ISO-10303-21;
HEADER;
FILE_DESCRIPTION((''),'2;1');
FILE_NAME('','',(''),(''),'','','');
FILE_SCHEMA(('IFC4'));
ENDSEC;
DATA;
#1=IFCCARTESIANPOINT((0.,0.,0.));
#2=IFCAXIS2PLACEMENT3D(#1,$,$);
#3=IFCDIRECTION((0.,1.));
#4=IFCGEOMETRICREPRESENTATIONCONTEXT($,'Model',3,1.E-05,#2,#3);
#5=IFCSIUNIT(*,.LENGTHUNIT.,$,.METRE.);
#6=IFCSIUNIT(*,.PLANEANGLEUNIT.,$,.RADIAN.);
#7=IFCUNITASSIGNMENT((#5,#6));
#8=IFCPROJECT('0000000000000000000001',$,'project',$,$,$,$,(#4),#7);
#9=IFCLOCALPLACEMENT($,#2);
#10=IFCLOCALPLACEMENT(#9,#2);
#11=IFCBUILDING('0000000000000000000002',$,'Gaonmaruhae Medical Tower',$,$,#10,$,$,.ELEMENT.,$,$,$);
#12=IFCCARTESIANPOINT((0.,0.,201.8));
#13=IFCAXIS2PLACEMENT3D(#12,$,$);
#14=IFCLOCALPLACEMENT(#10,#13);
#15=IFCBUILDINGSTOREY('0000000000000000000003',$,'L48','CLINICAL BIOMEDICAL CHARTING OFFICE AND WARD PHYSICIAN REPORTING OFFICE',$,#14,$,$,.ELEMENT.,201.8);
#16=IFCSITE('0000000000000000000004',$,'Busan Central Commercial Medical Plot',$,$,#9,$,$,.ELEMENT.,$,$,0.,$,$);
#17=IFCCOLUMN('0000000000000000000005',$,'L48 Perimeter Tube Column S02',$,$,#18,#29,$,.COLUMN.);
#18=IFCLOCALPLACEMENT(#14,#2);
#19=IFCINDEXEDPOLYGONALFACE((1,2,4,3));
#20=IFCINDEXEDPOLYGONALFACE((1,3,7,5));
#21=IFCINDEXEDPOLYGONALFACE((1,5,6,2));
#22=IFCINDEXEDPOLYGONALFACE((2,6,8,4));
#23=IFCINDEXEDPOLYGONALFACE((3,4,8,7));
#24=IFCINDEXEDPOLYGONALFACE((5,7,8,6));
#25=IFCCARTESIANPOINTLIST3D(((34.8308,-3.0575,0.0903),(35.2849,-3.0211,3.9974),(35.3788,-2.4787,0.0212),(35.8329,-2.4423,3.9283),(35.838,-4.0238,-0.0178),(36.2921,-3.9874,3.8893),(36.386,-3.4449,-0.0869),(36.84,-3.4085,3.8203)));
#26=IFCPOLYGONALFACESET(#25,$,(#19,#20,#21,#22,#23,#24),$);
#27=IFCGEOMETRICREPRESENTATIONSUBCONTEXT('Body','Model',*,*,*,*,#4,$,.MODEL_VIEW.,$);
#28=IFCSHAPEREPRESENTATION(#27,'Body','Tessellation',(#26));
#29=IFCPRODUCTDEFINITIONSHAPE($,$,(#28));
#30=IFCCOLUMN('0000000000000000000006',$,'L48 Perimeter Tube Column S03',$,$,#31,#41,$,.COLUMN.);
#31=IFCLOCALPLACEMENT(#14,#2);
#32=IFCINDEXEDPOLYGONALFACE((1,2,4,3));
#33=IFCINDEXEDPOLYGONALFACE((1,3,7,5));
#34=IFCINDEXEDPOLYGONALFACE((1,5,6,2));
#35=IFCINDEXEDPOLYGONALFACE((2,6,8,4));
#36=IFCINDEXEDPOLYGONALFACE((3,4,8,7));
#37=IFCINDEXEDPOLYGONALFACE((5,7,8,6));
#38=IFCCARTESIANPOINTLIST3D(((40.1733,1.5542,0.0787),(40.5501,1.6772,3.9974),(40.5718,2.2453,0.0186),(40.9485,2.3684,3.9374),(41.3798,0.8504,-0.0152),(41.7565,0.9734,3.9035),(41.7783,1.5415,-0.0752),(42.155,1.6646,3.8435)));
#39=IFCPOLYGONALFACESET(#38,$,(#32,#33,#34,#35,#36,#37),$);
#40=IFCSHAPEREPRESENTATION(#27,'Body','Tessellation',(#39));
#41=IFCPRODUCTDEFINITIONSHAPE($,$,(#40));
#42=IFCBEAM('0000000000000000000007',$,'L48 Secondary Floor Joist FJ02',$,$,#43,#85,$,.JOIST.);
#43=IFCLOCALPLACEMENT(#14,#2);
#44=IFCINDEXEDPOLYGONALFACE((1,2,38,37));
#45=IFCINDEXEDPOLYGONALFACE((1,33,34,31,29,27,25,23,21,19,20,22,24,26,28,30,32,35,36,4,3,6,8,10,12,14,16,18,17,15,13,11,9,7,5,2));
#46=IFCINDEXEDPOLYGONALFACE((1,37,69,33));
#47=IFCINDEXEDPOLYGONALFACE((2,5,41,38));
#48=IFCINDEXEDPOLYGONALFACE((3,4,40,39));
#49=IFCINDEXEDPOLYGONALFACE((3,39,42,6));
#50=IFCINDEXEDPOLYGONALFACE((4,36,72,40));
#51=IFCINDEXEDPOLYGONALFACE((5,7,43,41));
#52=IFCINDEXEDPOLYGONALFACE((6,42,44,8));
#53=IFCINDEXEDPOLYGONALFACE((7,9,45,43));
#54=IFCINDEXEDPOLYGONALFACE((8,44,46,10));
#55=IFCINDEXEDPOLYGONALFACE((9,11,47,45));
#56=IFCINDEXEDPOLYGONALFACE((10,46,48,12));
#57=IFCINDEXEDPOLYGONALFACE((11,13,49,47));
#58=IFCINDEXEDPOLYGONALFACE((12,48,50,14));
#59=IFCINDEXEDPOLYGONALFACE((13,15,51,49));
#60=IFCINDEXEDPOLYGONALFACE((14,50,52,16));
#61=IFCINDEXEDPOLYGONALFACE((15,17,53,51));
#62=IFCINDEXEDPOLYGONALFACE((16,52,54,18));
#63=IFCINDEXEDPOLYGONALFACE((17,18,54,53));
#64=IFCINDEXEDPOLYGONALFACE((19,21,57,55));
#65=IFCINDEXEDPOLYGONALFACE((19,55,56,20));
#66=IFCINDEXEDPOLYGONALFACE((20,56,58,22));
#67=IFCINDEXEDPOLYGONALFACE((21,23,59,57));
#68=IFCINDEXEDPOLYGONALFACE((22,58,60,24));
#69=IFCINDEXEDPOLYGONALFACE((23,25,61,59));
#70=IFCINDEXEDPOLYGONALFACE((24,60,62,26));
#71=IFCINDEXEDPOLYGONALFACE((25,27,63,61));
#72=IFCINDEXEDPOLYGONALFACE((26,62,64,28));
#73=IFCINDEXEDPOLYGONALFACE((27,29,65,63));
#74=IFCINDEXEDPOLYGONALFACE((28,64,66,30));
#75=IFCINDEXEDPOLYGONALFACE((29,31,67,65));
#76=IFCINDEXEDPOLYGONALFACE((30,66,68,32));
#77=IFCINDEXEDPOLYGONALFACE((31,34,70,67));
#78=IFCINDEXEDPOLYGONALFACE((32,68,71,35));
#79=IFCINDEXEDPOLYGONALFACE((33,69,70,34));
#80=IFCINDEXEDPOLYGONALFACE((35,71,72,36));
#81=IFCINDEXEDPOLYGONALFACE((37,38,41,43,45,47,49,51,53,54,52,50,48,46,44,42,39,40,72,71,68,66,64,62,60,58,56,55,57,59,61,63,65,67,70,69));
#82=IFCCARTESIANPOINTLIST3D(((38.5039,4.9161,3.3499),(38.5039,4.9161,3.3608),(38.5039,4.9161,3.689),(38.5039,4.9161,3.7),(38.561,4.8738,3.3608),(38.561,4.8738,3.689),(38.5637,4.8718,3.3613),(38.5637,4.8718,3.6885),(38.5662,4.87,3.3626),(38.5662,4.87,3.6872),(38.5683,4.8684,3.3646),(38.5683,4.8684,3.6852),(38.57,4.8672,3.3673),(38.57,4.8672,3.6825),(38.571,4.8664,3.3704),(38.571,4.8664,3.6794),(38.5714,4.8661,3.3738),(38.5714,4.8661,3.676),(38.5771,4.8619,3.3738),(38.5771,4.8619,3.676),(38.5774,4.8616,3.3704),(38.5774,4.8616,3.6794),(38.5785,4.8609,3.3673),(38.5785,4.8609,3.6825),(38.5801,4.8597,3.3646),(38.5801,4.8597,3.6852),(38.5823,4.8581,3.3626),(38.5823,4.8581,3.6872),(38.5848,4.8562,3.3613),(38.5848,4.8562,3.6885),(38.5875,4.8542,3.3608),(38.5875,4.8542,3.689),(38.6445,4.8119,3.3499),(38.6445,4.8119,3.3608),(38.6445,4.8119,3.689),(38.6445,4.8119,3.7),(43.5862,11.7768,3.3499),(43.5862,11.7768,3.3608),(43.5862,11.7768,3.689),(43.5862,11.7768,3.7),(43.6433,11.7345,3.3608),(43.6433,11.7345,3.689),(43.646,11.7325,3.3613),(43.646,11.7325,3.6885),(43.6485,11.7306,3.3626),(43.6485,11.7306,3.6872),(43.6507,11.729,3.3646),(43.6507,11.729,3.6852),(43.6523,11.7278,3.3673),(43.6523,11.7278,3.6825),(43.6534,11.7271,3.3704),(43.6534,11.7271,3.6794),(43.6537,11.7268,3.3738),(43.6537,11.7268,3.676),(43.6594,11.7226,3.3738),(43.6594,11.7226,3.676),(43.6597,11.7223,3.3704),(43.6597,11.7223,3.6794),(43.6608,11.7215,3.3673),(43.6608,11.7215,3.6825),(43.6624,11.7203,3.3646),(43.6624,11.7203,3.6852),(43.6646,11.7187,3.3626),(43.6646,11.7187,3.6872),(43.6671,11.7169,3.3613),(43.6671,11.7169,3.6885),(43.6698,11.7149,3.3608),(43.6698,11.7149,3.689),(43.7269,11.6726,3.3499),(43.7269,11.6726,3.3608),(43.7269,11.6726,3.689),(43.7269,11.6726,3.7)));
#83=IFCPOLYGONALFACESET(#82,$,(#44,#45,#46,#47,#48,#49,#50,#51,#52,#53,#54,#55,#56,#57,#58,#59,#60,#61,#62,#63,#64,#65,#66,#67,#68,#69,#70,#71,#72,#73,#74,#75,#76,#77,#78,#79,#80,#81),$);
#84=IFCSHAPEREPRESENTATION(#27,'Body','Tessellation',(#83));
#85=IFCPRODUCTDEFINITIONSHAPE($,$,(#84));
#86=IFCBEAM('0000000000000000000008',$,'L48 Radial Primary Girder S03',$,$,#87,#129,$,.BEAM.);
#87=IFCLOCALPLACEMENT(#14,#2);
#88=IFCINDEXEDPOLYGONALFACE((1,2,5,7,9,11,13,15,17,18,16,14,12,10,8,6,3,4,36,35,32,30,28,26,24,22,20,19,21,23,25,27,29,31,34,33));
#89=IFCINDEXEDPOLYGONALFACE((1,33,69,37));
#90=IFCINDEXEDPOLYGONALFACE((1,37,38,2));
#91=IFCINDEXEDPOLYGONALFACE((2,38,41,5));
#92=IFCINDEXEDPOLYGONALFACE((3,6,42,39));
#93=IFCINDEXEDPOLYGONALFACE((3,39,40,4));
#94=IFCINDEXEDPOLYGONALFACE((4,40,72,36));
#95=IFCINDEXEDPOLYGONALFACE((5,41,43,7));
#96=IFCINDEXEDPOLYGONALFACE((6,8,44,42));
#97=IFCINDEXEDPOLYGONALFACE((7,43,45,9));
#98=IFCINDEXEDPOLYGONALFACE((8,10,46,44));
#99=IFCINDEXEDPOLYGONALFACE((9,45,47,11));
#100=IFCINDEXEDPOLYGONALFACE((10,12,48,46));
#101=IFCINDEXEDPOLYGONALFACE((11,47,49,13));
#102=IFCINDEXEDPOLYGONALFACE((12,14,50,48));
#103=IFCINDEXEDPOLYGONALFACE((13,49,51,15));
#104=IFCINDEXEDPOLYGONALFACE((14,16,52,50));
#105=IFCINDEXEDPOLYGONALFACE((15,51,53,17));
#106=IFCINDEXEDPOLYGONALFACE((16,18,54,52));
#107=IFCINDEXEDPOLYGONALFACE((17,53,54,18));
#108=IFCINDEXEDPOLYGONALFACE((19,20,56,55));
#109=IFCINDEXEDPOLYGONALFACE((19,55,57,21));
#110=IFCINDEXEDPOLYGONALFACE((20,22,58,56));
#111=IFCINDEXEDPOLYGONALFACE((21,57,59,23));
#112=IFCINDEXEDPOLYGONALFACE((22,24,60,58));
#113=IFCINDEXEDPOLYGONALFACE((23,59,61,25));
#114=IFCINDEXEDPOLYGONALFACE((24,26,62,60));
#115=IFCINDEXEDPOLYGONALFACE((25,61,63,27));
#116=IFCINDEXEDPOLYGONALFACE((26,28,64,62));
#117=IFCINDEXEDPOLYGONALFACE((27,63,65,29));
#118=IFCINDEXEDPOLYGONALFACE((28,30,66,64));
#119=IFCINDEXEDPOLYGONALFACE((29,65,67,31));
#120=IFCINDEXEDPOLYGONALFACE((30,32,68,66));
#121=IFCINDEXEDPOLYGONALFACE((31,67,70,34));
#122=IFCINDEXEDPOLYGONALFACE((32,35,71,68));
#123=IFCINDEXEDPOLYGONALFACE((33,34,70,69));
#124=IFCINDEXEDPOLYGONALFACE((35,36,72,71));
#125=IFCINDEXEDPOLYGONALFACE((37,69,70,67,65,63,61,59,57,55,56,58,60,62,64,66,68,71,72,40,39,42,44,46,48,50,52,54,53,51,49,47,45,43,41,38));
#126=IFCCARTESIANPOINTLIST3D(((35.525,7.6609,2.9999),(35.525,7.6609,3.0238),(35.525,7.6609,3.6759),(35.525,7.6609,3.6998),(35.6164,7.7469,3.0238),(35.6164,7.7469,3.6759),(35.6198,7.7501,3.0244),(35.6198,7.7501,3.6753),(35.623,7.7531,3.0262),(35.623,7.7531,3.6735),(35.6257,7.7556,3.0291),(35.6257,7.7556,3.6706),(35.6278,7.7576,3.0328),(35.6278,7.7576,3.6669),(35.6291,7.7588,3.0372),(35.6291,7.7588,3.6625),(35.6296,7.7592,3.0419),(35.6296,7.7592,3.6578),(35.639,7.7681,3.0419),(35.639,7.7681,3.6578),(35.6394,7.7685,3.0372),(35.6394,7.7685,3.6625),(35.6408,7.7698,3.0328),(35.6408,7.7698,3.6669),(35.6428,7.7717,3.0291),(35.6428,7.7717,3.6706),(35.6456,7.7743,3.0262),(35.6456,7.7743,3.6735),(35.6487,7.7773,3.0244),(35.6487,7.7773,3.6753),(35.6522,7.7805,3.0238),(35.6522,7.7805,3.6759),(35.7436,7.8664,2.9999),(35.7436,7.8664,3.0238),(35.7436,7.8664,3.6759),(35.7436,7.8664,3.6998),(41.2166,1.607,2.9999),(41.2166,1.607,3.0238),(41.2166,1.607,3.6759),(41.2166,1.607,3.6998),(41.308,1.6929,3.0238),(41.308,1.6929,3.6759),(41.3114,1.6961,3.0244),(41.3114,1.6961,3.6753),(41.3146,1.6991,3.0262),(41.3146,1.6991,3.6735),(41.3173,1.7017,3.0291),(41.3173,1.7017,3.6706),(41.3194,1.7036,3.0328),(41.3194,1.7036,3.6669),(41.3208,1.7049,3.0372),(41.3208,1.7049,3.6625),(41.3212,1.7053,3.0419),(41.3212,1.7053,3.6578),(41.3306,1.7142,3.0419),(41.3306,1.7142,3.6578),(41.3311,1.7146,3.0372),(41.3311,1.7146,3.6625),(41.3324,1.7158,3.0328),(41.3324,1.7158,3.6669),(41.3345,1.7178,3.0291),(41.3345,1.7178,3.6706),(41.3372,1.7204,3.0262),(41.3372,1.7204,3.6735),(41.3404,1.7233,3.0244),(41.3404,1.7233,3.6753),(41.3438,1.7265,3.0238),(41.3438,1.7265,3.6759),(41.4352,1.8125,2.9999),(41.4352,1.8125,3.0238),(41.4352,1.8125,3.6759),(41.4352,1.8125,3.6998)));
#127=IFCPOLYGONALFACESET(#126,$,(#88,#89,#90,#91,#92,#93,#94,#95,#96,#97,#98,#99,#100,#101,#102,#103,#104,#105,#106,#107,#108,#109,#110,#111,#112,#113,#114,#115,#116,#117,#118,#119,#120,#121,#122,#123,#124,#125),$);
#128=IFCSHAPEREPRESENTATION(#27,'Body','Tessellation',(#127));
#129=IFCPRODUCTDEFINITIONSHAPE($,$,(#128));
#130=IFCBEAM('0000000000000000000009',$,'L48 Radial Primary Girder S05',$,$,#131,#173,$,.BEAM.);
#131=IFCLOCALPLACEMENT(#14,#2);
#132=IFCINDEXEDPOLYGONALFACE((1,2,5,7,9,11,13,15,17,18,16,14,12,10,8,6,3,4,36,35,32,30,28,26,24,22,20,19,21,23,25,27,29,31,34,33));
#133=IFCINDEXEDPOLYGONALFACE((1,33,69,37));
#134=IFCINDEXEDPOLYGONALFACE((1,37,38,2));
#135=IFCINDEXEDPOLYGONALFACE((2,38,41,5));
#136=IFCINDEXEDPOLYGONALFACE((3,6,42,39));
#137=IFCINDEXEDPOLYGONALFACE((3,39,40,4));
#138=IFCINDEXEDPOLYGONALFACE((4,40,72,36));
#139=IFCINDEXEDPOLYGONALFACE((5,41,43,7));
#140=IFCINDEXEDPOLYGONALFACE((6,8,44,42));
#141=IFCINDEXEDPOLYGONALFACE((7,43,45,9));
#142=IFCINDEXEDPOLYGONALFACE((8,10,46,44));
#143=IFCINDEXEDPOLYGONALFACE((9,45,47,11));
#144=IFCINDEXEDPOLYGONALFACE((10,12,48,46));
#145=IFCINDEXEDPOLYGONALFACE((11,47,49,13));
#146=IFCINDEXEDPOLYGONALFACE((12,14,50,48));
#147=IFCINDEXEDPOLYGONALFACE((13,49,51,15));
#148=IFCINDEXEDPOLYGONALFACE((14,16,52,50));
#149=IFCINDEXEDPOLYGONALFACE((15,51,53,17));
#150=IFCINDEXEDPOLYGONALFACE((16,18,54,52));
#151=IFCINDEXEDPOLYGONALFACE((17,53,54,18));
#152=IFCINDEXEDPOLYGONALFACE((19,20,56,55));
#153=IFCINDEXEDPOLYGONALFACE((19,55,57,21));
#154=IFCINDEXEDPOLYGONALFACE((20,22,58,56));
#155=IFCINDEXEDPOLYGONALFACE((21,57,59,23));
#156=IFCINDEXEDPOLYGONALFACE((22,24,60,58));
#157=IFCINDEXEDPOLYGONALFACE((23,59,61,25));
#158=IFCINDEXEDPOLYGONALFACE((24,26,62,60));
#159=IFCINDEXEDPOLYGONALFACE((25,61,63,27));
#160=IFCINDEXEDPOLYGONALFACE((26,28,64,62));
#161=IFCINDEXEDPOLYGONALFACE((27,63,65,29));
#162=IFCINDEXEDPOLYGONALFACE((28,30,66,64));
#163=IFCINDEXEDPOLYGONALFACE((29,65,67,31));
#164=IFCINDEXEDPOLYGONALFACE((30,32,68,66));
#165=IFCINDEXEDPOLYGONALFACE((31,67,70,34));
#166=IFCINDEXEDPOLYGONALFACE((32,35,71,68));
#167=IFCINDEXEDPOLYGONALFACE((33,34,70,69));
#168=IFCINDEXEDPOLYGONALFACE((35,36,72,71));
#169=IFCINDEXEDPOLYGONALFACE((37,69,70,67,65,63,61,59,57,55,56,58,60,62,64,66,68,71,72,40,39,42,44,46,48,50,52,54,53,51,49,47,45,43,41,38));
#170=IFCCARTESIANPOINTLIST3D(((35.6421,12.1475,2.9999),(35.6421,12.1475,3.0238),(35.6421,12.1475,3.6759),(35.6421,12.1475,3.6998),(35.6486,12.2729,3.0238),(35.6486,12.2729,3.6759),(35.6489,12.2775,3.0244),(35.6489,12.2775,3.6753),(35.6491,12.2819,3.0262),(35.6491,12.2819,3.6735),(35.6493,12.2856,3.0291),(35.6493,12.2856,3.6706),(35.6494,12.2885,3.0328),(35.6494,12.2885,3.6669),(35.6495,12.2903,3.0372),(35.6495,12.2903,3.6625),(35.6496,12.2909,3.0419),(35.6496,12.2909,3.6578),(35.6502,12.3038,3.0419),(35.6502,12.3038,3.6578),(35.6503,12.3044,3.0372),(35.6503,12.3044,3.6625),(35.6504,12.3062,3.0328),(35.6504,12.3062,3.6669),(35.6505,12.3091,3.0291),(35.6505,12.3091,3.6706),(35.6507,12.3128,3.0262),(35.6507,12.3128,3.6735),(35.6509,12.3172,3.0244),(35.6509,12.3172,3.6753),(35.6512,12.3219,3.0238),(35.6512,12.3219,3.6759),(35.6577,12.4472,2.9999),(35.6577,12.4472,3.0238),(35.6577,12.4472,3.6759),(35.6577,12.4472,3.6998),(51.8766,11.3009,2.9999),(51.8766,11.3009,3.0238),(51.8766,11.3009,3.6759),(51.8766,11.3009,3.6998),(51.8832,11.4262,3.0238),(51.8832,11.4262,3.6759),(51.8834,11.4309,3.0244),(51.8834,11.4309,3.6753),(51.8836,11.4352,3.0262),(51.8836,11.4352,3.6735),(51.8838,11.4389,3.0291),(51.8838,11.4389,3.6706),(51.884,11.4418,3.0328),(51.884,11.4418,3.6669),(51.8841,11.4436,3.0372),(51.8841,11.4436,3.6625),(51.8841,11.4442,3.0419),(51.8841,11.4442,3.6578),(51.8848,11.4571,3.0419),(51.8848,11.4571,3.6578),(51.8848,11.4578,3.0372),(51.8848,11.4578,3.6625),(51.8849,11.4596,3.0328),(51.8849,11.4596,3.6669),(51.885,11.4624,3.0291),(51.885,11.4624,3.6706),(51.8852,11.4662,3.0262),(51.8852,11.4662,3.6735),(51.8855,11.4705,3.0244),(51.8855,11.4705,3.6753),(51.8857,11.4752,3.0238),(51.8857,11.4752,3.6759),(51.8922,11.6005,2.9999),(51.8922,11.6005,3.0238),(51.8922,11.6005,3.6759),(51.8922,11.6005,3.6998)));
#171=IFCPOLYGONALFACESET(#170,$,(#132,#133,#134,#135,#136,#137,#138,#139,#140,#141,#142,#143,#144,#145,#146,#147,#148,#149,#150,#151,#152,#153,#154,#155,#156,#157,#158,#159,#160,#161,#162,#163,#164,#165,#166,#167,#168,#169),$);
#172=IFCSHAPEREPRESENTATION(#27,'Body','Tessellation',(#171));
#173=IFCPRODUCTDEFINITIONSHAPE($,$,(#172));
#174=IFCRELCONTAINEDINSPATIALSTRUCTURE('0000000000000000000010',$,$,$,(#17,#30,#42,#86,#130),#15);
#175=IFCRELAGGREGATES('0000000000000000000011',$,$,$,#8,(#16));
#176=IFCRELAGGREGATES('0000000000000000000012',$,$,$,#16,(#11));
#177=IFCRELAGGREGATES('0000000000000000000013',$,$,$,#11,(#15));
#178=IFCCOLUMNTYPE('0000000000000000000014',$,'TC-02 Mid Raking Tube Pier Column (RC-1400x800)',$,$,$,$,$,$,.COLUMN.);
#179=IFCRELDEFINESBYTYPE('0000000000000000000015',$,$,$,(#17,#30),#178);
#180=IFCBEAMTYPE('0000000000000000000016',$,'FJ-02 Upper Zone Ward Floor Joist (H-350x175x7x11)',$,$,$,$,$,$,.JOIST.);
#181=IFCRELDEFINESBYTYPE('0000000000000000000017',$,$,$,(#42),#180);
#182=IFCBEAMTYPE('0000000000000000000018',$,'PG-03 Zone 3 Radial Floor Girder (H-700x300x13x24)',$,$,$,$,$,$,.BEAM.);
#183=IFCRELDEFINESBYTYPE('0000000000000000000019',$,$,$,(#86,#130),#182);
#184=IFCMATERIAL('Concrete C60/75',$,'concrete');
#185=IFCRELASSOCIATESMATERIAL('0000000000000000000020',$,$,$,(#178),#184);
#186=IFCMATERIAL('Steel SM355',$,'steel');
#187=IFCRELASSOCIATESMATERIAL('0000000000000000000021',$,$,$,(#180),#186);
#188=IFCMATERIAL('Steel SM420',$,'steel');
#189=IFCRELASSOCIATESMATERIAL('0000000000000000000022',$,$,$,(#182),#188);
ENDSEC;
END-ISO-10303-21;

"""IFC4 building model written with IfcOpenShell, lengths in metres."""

from ifc_helpers import new_model, si_unit, direction, frame, origin, origin_2d, place, context, subcontext, project, spatial, rectangle, i_section, extrude, material, material_profile, profile_set, type_object, element, save


model = new_model("IFC4")

# Units and contexts
model_context = context("Model", 3, precision=1e-05, world=origin(), true_north=direction((0.0, 1.0)))
body_context = subcontext(model_context, "Body", "Model", "MODEL_VIEW")
ifc_project = project(units=[si_unit("LENGTHUNIT", "METRE"), si_unit("PLANEANGLEUNIT", "RADIAN")], contexts=[model_context])

# Site, building, storey
site_placement = place(None, origin())
site = spatial("IfcSite", under=ifc_project, at=site_placement, Name="Busan Central Commercial Medical Plot", CompositionType="ELEMENT", RefElevation=0.0)
building_placement = place(site_placement, origin())
building = spatial("IfcBuilding", under=site, at=building_placement, Name="Gaonmaruhae Medical Tower", CompositionType="ELEMENT")
storey_placement = place(building_placement, frame((0.0, 0.0, 201.8)))
storey = spatial("IfcBuildingStorey", under=building, at=storey_placement, Name="L48", Description="CLINICAL BIOMEDICAL CHARTING OFFICE AND WARD PHYSICIAN REPORTING OFFICE", CompositionType="ELEMENT", Elevation=201.8)

# Columns
ifc_material_1 = material(Name="Concrete C60/75", Category="concrete")
ifc_material_profile_1 = material_profile(ifc_material_1, rectangle(XDim=1.3999, YDim=0.8, at=origin_2d()), Name="RC-1400x800")
ifc_profile_set_1 = profile_set([ifc_material_profile_1], Name="Concrete C60/75")
column_type = type_object("IfcColumnType", Name="TC-02 Mid Raking Tube Pier Column (RC-1400x800)", PredefinedType="COLUMN", material=ifc_profile_set_1)
column_1_placement = place(storey_placement, frame((35.6084, -3.2512, 0.0017), z_axis=(0.115439, 0.009248, 0.993272), x_axis=(-0.719461, 0.69023, 0.07719)))
element("IfcColumn", 1, at=column_1_placement, inside=storey, type_object=column_type, Name="L48 Perimeter Tube Column S02", PredefinedType="COLUMN", context=body_context, shape_type="SweptSolid", body=[
    extrude(rectangle(XDim=1.3999, YDim=0.8, at=origin_2d()), origin(), (0.0, 0.0, 1.0), 3.9336),
])
column_2_placement = place(storey_placement, frame((40.9758, 1.5479, 0.0017), z_axis=(0.095643, 0.031241, 0.994925), x_axis=(-0.861839, 0.502728, 0.067064)))
element("IfcColumn", 2, at=column_2_placement, inside=storey, type_object=column_type, Name="L48 Perimeter Tube Column S03", PredefinedType="COLUMN", context=body_context, shape_type="SweptSolid", body=[
    extrude(rectangle(XDim=1.3999, YDim=0.8, at=origin_2d()), origin(), (0.0, 0.0, 1.0), 3.9387),
])

# Beams
ifc_material_2 = material(Name="Steel SM355", Category="steel")
ifc_material_profile_2 = material_profile(ifc_material_2, i_section(OverallWidth=0.175, OverallDepth=0.3501, WebThickness=0.0071, FlangeThickness=0.011, FilletRadius=0.0129, at=origin_2d()), Name="H-350x175x7x11")
ifc_profile_set_2 = profile_set([ifc_material_profile_2], Name="Steel SM355")
beam_type_1 = type_object("IfcBeamType", Name="FJ-02 Upper Zone Ward Floor Joist (H-350x175x7x11)", PredefinedType="JOIST", material=ifc_profile_set_2)
beam_1_placement = place(storey_placement, frame((38.5742, 4.864, 3.5249), z_axis=(0.595254, 0.803537, 0.0), x_axis=(-0.803537, 0.595254, 0.0)))
element("IfcBeam", 3, at=beam_1_placement, inside=storey, type_object=beam_type_1, Name="L48 Secondary Floor Joist FJ02", PredefinedType="JOIST", context=body_context, shape_type="SweptSolid", body=[
    extrude(i_section(OverallWidth=0.175, OverallDepth=0.3501, WebThickness=0.0071, FlangeThickness=0.011, FilletRadius=0.0129, at=origin_2d()), origin(), (0.0, 0.0, 1.0), 8.5381),
])
ifc_material_3 = material(Name="Steel SM420", Category="steel")
ifc_material_profile_3 = material_profile(ifc_material_3, i_section(OverallWidth=0.3, OverallDepth=0.7, WebThickness=0.0129, FlangeThickness=0.0239, FilletRadius=0.0181, at=origin_2d()), Name="H-700x300x13x24")
ifc_profile_set_3 = profile_set([ifc_material_profile_3], Name="Steel SM420")
beam_type_2 = type_object("IfcBeamType", Name="PG-03 Zone 3 Radial Floor Girder (H-700x300x13x24)", PredefinedType="BEAM", material=ifc_profile_set_3)
beam_2_placement = place(storey_placement, frame((35.6343, 7.7637, 3.3499), z_axis=(0.68497, -0.728572, 0.0), x_axis=(0.728572, 0.68497, 0.0)))
element("IfcBeam", 4, at=beam_2_placement, inside=storey, type_object=beam_type_2, Name="L48 Radial Primary Girder S03", PredefinedType="BEAM", context=body_context, shape_type="SweptSolid", body=[
    extrude(i_section(OverallWidth=0.3, OverallDepth=0.7, WebThickness=0.0129, FlangeThickness=0.0239, FilletRadius=0.0181, at=origin_2d()), origin(), (0.0, 0.0, 1.0), 8.3093),
])
beam_3_placement = place(storey_placement, frame((35.6499, 12.2974, 3.3499), z_axis=(0.998643, -0.052082, 0.0), x_axis=(0.052082, 0.998643, 0.0)))
element("IfcBeam", 5, at=beam_3_placement, inside=storey, type_object=beam_type_2, Name="L48 Radial Primary Girder S05", PredefinedType="BEAM", context=body_context, shape_type="SweptSolid", body=[
    extrude(i_section(OverallWidth=0.3, OverallDepth=0.7, WebThickness=0.0129, FlangeThickness=0.0239, FilletRadius=0.0181, at=origin_2d()), origin(), (0.0, 0.0, 1.0), 16.2566),
])

save(model, "model.ifc")
